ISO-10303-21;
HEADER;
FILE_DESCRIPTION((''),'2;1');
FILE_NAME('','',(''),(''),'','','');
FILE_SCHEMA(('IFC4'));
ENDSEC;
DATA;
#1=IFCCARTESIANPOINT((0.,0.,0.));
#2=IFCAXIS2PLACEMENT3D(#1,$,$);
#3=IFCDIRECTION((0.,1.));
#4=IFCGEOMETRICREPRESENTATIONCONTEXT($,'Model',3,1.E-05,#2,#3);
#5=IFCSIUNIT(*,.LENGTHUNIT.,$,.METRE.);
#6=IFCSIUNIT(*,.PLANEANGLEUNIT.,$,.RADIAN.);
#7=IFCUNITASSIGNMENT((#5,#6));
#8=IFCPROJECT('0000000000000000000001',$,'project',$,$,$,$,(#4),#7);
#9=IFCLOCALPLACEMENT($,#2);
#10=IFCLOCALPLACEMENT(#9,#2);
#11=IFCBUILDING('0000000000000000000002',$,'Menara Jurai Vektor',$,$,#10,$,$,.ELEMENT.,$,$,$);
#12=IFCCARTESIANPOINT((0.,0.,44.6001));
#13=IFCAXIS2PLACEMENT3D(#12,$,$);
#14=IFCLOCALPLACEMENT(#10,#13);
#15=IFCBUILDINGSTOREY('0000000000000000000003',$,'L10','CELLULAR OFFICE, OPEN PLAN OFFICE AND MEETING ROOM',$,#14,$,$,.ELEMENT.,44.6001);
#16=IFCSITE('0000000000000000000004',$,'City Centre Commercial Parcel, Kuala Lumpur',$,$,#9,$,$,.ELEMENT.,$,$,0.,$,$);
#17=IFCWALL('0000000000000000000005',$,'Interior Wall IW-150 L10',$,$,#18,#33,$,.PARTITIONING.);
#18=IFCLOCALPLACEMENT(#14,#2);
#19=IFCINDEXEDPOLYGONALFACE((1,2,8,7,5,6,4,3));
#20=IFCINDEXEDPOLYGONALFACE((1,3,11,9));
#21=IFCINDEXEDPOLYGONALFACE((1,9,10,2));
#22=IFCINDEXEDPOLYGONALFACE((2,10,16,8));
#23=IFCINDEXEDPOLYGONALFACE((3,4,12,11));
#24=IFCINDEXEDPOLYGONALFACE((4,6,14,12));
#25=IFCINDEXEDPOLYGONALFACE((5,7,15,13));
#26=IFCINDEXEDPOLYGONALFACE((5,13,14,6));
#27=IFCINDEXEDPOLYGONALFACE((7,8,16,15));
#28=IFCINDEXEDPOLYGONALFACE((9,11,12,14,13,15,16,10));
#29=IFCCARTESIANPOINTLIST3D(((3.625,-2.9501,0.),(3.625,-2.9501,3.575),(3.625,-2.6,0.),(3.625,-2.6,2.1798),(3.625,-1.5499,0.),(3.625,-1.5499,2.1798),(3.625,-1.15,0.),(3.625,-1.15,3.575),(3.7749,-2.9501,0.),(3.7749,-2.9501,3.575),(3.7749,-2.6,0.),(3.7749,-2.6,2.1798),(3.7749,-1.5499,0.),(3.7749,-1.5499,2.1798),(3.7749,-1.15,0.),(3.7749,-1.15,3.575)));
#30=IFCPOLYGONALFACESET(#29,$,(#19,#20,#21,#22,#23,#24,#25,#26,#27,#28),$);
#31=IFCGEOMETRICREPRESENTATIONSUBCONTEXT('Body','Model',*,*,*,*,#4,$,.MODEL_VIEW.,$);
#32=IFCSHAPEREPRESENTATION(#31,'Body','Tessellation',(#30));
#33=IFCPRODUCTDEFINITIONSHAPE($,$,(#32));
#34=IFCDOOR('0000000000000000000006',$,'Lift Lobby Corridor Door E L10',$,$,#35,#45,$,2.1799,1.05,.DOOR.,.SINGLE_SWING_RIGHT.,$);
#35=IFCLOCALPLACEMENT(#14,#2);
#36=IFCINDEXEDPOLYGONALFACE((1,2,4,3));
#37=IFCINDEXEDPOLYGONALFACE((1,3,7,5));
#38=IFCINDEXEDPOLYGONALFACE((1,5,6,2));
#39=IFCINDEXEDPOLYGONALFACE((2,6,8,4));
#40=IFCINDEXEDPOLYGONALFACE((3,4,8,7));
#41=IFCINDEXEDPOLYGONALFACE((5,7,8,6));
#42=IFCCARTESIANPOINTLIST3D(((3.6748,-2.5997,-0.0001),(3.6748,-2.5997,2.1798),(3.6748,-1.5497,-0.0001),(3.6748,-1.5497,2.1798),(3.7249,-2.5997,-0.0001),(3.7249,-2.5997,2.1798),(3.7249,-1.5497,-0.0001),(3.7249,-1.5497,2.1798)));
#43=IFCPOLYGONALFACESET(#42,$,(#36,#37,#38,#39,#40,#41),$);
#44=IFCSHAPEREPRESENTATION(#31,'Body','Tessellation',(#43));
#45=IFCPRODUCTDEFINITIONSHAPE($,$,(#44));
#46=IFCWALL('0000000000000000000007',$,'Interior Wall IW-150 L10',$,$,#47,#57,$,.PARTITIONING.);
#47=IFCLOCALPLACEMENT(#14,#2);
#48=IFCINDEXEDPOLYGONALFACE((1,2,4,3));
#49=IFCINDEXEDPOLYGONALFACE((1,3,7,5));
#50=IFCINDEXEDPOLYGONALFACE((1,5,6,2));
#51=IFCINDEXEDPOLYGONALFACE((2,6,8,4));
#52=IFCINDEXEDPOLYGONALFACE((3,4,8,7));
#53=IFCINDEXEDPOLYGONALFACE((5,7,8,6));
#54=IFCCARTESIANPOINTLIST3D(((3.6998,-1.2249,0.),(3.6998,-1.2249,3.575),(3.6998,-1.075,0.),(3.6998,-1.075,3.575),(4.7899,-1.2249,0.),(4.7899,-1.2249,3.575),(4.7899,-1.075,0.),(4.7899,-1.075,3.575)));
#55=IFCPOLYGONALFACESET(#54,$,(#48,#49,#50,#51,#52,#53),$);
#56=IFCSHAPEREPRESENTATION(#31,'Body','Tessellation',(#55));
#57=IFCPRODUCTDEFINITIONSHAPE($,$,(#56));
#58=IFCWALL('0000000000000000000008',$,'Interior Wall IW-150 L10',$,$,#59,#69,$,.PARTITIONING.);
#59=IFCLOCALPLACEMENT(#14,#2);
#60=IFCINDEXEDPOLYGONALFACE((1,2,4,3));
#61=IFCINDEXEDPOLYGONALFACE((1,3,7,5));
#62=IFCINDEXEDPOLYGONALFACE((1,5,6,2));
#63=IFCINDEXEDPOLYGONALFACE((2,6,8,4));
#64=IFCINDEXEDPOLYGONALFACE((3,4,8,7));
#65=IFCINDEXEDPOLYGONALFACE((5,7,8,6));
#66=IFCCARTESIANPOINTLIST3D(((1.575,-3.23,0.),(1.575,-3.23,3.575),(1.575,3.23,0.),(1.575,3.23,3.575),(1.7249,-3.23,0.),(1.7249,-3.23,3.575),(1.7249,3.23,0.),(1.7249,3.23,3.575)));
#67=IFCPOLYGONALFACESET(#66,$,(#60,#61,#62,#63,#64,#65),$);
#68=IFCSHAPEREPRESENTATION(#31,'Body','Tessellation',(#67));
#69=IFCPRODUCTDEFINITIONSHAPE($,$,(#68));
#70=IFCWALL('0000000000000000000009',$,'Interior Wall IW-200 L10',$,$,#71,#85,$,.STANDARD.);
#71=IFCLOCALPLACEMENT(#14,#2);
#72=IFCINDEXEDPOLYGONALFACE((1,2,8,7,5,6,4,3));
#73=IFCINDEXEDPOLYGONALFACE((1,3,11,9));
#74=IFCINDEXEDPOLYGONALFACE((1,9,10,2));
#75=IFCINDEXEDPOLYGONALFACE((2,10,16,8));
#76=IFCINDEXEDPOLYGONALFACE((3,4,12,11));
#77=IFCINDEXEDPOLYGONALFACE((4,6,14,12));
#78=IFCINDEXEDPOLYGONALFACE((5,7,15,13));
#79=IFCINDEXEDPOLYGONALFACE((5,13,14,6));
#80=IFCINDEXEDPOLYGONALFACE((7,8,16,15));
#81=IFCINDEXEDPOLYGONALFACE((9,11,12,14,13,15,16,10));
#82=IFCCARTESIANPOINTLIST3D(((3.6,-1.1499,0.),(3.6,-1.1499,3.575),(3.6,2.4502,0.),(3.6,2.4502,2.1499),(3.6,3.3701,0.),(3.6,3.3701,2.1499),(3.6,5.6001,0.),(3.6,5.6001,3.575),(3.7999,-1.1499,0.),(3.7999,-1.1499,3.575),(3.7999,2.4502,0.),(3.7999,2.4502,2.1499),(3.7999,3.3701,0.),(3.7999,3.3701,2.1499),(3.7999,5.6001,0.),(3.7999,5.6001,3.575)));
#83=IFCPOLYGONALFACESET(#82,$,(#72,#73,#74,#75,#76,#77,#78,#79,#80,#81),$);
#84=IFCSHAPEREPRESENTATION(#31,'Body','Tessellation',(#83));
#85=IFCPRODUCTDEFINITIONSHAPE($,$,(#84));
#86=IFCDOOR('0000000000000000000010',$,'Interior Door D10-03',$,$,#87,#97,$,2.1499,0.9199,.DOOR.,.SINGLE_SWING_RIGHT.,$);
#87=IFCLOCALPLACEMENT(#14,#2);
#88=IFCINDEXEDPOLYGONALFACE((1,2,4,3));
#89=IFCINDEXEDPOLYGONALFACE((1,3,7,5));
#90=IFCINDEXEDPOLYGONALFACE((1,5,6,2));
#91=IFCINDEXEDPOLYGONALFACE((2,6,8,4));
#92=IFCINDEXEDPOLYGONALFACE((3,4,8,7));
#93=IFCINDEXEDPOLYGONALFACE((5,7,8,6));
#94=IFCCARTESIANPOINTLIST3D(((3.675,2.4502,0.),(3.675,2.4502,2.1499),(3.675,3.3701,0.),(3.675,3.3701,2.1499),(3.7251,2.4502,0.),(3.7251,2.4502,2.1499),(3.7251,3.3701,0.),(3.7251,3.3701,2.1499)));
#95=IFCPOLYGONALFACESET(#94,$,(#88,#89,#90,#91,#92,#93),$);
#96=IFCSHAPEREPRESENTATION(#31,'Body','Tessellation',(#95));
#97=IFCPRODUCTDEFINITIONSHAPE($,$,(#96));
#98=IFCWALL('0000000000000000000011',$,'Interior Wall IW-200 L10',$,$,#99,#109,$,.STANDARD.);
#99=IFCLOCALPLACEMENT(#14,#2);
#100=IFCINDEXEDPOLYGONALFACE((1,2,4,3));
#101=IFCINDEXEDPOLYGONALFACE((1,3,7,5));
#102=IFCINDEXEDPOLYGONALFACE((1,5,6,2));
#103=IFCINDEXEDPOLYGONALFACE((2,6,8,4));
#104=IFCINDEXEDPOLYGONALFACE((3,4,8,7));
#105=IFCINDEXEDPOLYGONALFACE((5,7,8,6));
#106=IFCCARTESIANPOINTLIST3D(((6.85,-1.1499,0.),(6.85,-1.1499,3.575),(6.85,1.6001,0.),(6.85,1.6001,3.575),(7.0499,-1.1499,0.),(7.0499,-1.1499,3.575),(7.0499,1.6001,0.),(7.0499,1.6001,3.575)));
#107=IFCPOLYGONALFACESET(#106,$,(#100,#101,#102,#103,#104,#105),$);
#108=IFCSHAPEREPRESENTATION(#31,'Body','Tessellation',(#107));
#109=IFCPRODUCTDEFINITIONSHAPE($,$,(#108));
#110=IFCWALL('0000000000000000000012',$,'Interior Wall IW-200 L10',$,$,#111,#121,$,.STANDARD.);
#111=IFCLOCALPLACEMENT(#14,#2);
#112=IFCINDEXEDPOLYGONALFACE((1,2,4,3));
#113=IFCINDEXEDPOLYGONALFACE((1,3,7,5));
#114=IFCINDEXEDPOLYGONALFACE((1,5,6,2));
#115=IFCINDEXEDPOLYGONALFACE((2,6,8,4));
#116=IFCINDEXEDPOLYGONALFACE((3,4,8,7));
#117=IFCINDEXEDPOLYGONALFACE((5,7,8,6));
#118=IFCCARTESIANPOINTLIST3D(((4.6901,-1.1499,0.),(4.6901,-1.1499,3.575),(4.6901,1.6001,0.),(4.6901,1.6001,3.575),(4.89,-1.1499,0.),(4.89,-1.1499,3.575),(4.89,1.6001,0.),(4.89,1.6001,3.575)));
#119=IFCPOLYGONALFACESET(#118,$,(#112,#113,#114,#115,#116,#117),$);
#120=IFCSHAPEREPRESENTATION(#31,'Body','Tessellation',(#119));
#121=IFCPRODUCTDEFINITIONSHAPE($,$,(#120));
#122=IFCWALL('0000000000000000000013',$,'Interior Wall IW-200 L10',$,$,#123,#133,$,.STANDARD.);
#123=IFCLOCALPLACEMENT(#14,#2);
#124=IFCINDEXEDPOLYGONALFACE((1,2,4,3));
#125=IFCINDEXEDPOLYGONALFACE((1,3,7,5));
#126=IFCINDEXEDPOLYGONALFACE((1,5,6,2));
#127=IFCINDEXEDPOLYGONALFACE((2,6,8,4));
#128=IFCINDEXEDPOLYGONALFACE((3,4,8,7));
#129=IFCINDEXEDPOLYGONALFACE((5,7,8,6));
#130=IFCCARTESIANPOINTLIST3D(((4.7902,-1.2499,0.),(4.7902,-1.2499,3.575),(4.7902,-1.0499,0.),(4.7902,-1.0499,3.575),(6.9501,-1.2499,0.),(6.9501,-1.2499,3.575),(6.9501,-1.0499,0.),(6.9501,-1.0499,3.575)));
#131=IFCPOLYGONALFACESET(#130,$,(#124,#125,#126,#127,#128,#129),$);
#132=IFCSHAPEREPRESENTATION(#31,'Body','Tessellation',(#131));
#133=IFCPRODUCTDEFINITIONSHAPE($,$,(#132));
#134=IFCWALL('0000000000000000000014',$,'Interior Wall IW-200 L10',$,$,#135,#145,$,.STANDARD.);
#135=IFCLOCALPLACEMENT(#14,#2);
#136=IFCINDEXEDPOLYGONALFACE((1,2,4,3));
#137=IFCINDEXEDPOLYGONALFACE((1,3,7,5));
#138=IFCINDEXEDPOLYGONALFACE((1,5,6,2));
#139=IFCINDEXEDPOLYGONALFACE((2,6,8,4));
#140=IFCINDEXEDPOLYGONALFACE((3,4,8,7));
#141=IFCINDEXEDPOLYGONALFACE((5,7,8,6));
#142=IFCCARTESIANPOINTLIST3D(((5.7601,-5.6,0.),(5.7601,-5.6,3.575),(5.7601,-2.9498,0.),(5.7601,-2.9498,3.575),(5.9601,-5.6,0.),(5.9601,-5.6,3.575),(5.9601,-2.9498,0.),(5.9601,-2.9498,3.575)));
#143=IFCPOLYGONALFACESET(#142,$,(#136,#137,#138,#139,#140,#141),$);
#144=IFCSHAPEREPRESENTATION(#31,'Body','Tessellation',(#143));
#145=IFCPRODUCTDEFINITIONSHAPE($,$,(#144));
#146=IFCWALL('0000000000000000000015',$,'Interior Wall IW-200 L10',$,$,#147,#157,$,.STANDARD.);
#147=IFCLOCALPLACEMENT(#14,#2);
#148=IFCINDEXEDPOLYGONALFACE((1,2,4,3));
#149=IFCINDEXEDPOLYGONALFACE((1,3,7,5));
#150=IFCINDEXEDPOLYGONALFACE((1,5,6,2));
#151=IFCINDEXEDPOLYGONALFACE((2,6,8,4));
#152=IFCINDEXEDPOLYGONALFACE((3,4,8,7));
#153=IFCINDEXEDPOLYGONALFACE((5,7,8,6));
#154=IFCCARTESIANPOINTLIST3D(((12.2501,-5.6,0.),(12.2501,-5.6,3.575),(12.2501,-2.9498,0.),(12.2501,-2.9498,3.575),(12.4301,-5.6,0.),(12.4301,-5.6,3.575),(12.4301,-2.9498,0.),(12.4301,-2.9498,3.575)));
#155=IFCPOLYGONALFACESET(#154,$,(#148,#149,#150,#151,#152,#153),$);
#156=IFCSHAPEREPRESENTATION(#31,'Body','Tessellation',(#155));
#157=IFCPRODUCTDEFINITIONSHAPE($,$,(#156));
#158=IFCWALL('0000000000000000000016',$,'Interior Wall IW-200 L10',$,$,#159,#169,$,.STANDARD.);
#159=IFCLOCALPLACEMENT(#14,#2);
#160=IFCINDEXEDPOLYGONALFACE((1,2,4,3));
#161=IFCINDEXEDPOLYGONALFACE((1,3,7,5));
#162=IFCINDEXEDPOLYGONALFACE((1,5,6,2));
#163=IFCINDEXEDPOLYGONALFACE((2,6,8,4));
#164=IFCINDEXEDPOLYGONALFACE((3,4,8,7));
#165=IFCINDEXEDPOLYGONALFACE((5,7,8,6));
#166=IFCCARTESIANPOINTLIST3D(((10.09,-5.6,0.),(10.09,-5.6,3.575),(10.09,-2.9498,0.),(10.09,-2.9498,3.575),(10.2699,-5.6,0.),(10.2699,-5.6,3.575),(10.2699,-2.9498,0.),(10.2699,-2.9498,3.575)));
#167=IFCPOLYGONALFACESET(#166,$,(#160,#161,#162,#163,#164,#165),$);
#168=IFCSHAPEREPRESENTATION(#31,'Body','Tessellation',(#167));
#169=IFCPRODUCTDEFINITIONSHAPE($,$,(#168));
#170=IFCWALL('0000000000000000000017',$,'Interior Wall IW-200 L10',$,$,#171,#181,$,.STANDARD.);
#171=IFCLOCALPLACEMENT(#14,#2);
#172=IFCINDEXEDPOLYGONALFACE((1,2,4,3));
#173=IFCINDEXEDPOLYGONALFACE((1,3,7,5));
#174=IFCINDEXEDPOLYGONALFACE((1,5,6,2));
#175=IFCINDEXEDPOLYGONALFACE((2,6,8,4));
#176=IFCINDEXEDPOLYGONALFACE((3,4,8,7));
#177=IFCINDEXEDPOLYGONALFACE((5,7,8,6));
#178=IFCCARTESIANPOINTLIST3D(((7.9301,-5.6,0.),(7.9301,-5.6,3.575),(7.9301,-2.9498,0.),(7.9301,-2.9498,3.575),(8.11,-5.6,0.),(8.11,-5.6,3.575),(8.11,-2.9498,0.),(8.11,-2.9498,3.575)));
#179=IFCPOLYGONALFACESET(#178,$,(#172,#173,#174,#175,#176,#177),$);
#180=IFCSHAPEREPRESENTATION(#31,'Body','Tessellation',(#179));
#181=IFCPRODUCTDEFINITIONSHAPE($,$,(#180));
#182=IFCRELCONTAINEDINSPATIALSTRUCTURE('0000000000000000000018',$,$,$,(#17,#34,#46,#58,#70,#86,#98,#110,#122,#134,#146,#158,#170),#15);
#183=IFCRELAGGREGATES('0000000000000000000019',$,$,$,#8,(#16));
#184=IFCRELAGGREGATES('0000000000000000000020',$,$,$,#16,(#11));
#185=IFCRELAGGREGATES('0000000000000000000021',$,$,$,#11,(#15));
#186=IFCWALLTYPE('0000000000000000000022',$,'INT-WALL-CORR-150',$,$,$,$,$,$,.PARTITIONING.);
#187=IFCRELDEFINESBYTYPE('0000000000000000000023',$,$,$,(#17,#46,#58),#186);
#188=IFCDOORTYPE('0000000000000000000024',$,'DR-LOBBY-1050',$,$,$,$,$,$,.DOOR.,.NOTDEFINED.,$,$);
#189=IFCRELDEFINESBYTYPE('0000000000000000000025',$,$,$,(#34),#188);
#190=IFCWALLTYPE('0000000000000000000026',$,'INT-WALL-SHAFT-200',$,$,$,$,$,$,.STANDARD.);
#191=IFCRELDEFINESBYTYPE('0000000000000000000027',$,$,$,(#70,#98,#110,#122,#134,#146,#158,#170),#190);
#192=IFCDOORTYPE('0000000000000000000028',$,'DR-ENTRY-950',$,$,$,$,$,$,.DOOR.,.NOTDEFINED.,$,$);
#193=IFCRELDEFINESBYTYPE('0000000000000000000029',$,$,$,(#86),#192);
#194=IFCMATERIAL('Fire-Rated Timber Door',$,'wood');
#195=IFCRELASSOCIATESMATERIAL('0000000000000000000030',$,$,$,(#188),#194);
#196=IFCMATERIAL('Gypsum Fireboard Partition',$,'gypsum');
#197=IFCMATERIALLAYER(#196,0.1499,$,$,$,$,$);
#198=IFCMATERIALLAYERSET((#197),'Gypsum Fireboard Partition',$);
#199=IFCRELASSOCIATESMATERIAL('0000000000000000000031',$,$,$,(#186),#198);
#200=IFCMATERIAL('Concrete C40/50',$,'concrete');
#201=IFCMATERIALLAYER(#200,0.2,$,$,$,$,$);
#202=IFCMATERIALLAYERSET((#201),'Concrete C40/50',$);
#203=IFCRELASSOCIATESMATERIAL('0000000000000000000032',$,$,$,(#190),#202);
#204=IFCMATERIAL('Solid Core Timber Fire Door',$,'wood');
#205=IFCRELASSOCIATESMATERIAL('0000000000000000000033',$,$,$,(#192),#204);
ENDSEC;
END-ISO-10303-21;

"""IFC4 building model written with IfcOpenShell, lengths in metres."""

from ifc_helpers import new_model, si_unit, direction, frame, frame_2d, origin, place, context, subcontext, project, spatial, rectangle, extrude, material, layer, layer_set, type_object, element, fill, save


model = new_model("IFC4")

# Units and contexts
model_context = context("Model", 3, precision=1e-05, world=origin(), true_north=direction((0.0, 1.0)))
body_context = subcontext(model_context, "Body", "Model", "MODEL_VIEW")
ifc_project = project(units=[si_unit("LENGTHUNIT", "METRE"), si_unit("PLANEANGLEUNIT", "RADIAN")], contexts=[model_context])

# Site, building, storey
site_placement = place(None, origin())
site = spatial("IfcSite", under=ifc_project, at=site_placement, Name="City Centre Commercial Parcel, Kuala Lumpur", CompositionType="ELEMENT", RefElevation=0.0)
building_placement = place(site_placement, origin())
building = spatial("IfcBuilding", under=site, at=building_placement, Name="Menara Jurai Vektor", CompositionType="ELEMENT")
storey_placement = place(building_placement, frame((0.0, 0.0, 44.6001)))
storey = spatial("IfcBuildingStorey", under=building, at=storey_placement, Name="L10", Description="CELLULAR OFFICE, OPEN PLAN OFFICE AND MEETING ROOM", CompositionType="ELEMENT", Elevation=44.6001)

# Shared definitions
ifc_material_1 = material(Name="Concrete C40/50", Category="concrete")

# Shared definitions
ifc_material_2 = material(Name="Fire-Rated Timber Door", Category="wood")
door_type_1 = type_object("IfcDoorType", Name="DR-LOBBY-1050", OperationType="NOTDEFINED", PredefinedType="DOOR", material=ifc_material_2)

# Wall, opening, door
ifc_material_3 = material(Name="Gypsum Fireboard Partition", Category="gypsum")
ifc_layer_1 = layer(ifc_material_3, 0.1499)
ifc_layer_set_1 = layer_set([ifc_layer_1], Name="Gypsum Fireboard Partition")
wall_type_1 = type_object("IfcWallType", Name="INT-WALL-CORR-150", PredefinedType="PARTITIONING", material=ifc_layer_set_1)
wall_1_placement = place(storey_placement, frame((3.7, -2.95, 0.0), z_axis=(0.0, 0.0, 1.0), x_axis=(0.0, 1.0, 0.0)))
wall_1 = element("IfcWall", 1, at=wall_1_placement, inside=storey, type_object=wall_type_1, Name="Interior Wall IW-150 L10", PredefinedType="PARTITIONING", context=body_context, shape_type="SweptSolid", body=[
    extrude(rectangle(XDim=1.8, YDim=0.1499, at=frame_2d((0.8999, 0.0))), origin(), (0.0, 0.0, 1.0), 3.575),
])
opening_1_placement = place(wall_1_placement, frame((0.3501, 0.0, 0.0)))
opening_1 = element("IfcOpeningElement", 2, at=opening_1_placement, cuts=wall_1, PredefinedType="OPENING", context=body_context, shape_type="SweptSolid", body=[
    extrude(rectangle(XDim=1.05, YDim=2.1799, at=frame_2d((0.5249, 1.0898))), frame((0.0, 0.085, 0.0), z_axis=(0.0, -1.0, 0.0), x_axis=(1.0, 0.0, 0.0)), (0.0, 0.0, 1.0), 0.1699),
])
door_1_placement = place(opening_1_placement, frame((1.05, 0.0, 0.0), z_axis=(0.0, 0.0, 1.0), x_axis=(-1.0, 0.0, 0.0)))
door_1 = element("IfcDoor", 3, at=door_1_placement, inside=storey, type_object=door_type_1, Name="Lift Lobby Corridor Door E L10", OperationType="SINGLE_SWING_RIGHT", OverallHeight=2.1799, OverallWidth=1.05, PredefinedType="DOOR", context=body_context, shape_type="SweptSolid", body=[
    extrude(rectangle(XDim=1.05, YDim=2.1799, at=frame_2d((0.5249, 1.0898))), frame((0.0, 0.0249, 0.0), z_axis=(0.0, -1.0, 0.0), x_axis=(1.0, 0.0, 0.0)), (0.0, 0.0, 1.0), 0.05),
])
fill(opening_1, door_1)

# Walls
wall_2_placement = place(storey_placement, frame((3.7, -1.1499, 0.0), z_axis=(0.0, 0.0, 1.0), x_axis=(1.0, 0.0, 0.0)))
element("IfcWall", 4, at=wall_2_placement, inside=storey, type_object=wall_type_1, Name="Interior Wall IW-150 L10", PredefinedType="PARTITIONING", context=body_context, shape_type="SweptSolid", body=[
    extrude(rectangle(XDim=1.0901, YDim=0.1499, at=frame_2d((0.5449, 0.0))), origin(), (0.0, 0.0, 1.0), 3.575),
])
wall_3_placement = place(storey_placement, frame((1.6499, -3.23, 0.0), z_axis=(0.0, 0.0, 1.0), x_axis=(0.0, 1.0, 0.0)))
element("IfcWall", 5, at=wall_3_placement, inside=storey, type_object=wall_type_1, Name="Interior Wall IW-150 L10", PredefinedType="PARTITIONING", context=body_context, shape_type="SweptSolid", body=[
    extrude(rectangle(XDim=6.46, YDim=0.1499, at=frame_2d((3.23, 0.0))), origin(), (0.0, 0.0, 1.0), 3.575),
])

# Wall, opening, door
ifc_layer_2 = layer(ifc_material_1, 0.2)
ifc_layer_set_2 = layer_set([ifc_layer_2], Name="Concrete C40/50")
wall_type_2 = type_object("IfcWallType", Name="INT-WALL-SHAFT-200", PredefinedType="STANDARD", material=ifc_layer_set_2)
wall_4_placement = place(storey_placement, frame((3.7, -1.1499, 0.0), z_axis=(0.0, 0.0, 1.0), x_axis=(0.0, 1.0, 0.0)))
wall_4 = element("IfcWall", 6, at=wall_4_placement, inside=storey, type_object=wall_type_2, Name="Interior Wall IW-200 L10", PredefinedType="STANDARD", context=body_context, shape_type="SweptSolid", body=[
    extrude(rectangle(XDim=6.75, YDim=0.2, at=frame_2d((3.375, 0.0))), origin(), (0.0, 0.0, 1.0), 3.575),
])
opening_2_placement = place(wall_4_placement, frame((3.6001, 0.0, 0.0)))
opening_2 = element("IfcOpeningElement", 7, at=opening_2_placement, cuts=wall_4, PredefinedType="OPENING", context=body_context, shape_type="SweptSolid", body=[
    extrude(rectangle(XDim=0.9199, YDim=2.1499, at=frame_2d((0.46, 1.075))), frame((0.0, 0.1099, 0.0), z_axis=(0.0, -1.0, 0.0), x_axis=(1.0, 0.0, 0.0)), (0.0, 0.0, 1.0), 0.22),
])
ifc_material_4 = material(Name="Solid Core Timber Fire Door", Category="wood")
door_type_2 = type_object("IfcDoorType", Name="DR-ENTRY-950", OperationType="NOTDEFINED", PredefinedType="DOOR", material=ifc_material_4)
door_2_placement = place(opening_2_placement, origin())
door_2 = element("IfcDoor", 8, at=door_2_placement, inside=storey, type_object=door_type_2, Name="Interior Door D10-03", OperationType="SINGLE_SWING_RIGHT", OverallHeight=2.1499, OverallWidth=0.9199, PredefinedType="DOOR", context=body_context, shape_type="SweptSolid", body=[
    extrude(rectangle(XDim=0.9199, YDim=2.1499, at=frame_2d((0.46, 1.075))), frame((0.0, 0.0249, 0.0), z_axis=(0.0, -1.0, 0.0), x_axis=(1.0, 0.0, 0.0)), (0.0, 0.0, 1.0), 0.05),
])
fill(opening_2, door_2)

# Wall
wall_5_placement = place(storey_placement, frame((6.95, -1.1499, 0.0), z_axis=(0.0, 0.0, 1.0), x_axis=(0.0, 1.0, 0.0)))
element("IfcWall", 9, at=wall_5_placement, inside=storey, type_object=wall_type_2, Name="Interior Wall IW-200 L10", PredefinedType="STANDARD", context=body_context, shape_type="SweptSolid", body=[
    extrude(rectangle(XDim=2.75, YDim=0.2, at=frame_2d((1.375, 0.0))), origin(), (0.0, 0.0, 1.0), 3.575),
])

# Walls
wall_6_placement = place(storey_placement, frame((4.79, -1.1499, 0.0), z_axis=(0.0, 0.0, 1.0), x_axis=(0.0, 1.0, 0.0)))
element("IfcWall", 10, at=wall_6_placement, inside=storey, type_object=wall_type_2, Name="Interior Wall IW-200 L10", PredefinedType="STANDARD", context=body_context, shape_type="SweptSolid", body=[
    extrude(rectangle(XDim=2.75, YDim=0.2, at=frame_2d((1.375, 0.0))), origin(), (0.0, 0.0, 1.0), 3.575),
])
wall_7_placement = place(storey_placement, frame((4.79, -1.1499, 0.0), z_axis=(0.0, 0.0, 1.0), x_axis=(1.0, 0.0, 0.0)))
element("IfcWall", 11, at=wall_7_placement, inside=storey, type_object=wall_type_2, Name="Interior Wall IW-200 L10", PredefinedType="STANDARD", context=body_context, shape_type="SweptSolid", body=[
    extrude(rectangle(XDim=2.1599, YDim=0.2, at=frame_2d((1.0801, 0.0))), origin(), (0.0, 0.0, 1.0), 3.575),
])

# Walls
wall_8_placement = place(storey_placement, frame((5.8601, -5.6001, 0.0), z_axis=(0.0, 0.0, 1.0), x_axis=(0.0, 1.0, 0.0)))
element("IfcWall", 12, at=wall_8_placement, inside=storey, type_object=wall_type_2, Name="Interior Wall IW-200 L10", PredefinedType="STANDARD", context=body_context, shape_type="SweptSolid", body=[
    extrude(rectangle(XDim=2.6501, YDim=0.2, at=frame_2d((1.3252, 0.0))), origin(), (0.0, 0.0, 1.0), 3.575),
])
for number, where, z_axis, x_axis, name in (
    (13, (12.3401, -5.6001, 0.0), (0.0, 0.0, 1.0), (0.0, 1.0, 0.0), "Interior Wall IW-200 L10"),
    (14, (10.1799, -5.6001, 0.0), (0.0, 0.0, 1.0), (0.0, 1.0, 0.0), "Interior Wall IW-200 L10"),
    (15, (8.02, -5.6001, 0.0), (0.0, 0.0, 1.0), (0.0, 1.0, 0.0), "Interior Wall IW-200 L10"),
):
    element("IfcWall", number, at=place(storey_placement, frame(where, z_axis=z_axis, x_axis=x_axis)), inside=storey, type_object=wall_type_2, Name=name, PredefinedType="STANDARD", context=body_context, shape_type="SweptSolid", body=[
        extrude(rectangle(XDim=2.6501, YDim=0.1799, at=frame_2d((1.3252, 0.0))), origin(), (0.0, 0.0, 1.0), 3.575),
    ])

save(model, "model.ifc")
